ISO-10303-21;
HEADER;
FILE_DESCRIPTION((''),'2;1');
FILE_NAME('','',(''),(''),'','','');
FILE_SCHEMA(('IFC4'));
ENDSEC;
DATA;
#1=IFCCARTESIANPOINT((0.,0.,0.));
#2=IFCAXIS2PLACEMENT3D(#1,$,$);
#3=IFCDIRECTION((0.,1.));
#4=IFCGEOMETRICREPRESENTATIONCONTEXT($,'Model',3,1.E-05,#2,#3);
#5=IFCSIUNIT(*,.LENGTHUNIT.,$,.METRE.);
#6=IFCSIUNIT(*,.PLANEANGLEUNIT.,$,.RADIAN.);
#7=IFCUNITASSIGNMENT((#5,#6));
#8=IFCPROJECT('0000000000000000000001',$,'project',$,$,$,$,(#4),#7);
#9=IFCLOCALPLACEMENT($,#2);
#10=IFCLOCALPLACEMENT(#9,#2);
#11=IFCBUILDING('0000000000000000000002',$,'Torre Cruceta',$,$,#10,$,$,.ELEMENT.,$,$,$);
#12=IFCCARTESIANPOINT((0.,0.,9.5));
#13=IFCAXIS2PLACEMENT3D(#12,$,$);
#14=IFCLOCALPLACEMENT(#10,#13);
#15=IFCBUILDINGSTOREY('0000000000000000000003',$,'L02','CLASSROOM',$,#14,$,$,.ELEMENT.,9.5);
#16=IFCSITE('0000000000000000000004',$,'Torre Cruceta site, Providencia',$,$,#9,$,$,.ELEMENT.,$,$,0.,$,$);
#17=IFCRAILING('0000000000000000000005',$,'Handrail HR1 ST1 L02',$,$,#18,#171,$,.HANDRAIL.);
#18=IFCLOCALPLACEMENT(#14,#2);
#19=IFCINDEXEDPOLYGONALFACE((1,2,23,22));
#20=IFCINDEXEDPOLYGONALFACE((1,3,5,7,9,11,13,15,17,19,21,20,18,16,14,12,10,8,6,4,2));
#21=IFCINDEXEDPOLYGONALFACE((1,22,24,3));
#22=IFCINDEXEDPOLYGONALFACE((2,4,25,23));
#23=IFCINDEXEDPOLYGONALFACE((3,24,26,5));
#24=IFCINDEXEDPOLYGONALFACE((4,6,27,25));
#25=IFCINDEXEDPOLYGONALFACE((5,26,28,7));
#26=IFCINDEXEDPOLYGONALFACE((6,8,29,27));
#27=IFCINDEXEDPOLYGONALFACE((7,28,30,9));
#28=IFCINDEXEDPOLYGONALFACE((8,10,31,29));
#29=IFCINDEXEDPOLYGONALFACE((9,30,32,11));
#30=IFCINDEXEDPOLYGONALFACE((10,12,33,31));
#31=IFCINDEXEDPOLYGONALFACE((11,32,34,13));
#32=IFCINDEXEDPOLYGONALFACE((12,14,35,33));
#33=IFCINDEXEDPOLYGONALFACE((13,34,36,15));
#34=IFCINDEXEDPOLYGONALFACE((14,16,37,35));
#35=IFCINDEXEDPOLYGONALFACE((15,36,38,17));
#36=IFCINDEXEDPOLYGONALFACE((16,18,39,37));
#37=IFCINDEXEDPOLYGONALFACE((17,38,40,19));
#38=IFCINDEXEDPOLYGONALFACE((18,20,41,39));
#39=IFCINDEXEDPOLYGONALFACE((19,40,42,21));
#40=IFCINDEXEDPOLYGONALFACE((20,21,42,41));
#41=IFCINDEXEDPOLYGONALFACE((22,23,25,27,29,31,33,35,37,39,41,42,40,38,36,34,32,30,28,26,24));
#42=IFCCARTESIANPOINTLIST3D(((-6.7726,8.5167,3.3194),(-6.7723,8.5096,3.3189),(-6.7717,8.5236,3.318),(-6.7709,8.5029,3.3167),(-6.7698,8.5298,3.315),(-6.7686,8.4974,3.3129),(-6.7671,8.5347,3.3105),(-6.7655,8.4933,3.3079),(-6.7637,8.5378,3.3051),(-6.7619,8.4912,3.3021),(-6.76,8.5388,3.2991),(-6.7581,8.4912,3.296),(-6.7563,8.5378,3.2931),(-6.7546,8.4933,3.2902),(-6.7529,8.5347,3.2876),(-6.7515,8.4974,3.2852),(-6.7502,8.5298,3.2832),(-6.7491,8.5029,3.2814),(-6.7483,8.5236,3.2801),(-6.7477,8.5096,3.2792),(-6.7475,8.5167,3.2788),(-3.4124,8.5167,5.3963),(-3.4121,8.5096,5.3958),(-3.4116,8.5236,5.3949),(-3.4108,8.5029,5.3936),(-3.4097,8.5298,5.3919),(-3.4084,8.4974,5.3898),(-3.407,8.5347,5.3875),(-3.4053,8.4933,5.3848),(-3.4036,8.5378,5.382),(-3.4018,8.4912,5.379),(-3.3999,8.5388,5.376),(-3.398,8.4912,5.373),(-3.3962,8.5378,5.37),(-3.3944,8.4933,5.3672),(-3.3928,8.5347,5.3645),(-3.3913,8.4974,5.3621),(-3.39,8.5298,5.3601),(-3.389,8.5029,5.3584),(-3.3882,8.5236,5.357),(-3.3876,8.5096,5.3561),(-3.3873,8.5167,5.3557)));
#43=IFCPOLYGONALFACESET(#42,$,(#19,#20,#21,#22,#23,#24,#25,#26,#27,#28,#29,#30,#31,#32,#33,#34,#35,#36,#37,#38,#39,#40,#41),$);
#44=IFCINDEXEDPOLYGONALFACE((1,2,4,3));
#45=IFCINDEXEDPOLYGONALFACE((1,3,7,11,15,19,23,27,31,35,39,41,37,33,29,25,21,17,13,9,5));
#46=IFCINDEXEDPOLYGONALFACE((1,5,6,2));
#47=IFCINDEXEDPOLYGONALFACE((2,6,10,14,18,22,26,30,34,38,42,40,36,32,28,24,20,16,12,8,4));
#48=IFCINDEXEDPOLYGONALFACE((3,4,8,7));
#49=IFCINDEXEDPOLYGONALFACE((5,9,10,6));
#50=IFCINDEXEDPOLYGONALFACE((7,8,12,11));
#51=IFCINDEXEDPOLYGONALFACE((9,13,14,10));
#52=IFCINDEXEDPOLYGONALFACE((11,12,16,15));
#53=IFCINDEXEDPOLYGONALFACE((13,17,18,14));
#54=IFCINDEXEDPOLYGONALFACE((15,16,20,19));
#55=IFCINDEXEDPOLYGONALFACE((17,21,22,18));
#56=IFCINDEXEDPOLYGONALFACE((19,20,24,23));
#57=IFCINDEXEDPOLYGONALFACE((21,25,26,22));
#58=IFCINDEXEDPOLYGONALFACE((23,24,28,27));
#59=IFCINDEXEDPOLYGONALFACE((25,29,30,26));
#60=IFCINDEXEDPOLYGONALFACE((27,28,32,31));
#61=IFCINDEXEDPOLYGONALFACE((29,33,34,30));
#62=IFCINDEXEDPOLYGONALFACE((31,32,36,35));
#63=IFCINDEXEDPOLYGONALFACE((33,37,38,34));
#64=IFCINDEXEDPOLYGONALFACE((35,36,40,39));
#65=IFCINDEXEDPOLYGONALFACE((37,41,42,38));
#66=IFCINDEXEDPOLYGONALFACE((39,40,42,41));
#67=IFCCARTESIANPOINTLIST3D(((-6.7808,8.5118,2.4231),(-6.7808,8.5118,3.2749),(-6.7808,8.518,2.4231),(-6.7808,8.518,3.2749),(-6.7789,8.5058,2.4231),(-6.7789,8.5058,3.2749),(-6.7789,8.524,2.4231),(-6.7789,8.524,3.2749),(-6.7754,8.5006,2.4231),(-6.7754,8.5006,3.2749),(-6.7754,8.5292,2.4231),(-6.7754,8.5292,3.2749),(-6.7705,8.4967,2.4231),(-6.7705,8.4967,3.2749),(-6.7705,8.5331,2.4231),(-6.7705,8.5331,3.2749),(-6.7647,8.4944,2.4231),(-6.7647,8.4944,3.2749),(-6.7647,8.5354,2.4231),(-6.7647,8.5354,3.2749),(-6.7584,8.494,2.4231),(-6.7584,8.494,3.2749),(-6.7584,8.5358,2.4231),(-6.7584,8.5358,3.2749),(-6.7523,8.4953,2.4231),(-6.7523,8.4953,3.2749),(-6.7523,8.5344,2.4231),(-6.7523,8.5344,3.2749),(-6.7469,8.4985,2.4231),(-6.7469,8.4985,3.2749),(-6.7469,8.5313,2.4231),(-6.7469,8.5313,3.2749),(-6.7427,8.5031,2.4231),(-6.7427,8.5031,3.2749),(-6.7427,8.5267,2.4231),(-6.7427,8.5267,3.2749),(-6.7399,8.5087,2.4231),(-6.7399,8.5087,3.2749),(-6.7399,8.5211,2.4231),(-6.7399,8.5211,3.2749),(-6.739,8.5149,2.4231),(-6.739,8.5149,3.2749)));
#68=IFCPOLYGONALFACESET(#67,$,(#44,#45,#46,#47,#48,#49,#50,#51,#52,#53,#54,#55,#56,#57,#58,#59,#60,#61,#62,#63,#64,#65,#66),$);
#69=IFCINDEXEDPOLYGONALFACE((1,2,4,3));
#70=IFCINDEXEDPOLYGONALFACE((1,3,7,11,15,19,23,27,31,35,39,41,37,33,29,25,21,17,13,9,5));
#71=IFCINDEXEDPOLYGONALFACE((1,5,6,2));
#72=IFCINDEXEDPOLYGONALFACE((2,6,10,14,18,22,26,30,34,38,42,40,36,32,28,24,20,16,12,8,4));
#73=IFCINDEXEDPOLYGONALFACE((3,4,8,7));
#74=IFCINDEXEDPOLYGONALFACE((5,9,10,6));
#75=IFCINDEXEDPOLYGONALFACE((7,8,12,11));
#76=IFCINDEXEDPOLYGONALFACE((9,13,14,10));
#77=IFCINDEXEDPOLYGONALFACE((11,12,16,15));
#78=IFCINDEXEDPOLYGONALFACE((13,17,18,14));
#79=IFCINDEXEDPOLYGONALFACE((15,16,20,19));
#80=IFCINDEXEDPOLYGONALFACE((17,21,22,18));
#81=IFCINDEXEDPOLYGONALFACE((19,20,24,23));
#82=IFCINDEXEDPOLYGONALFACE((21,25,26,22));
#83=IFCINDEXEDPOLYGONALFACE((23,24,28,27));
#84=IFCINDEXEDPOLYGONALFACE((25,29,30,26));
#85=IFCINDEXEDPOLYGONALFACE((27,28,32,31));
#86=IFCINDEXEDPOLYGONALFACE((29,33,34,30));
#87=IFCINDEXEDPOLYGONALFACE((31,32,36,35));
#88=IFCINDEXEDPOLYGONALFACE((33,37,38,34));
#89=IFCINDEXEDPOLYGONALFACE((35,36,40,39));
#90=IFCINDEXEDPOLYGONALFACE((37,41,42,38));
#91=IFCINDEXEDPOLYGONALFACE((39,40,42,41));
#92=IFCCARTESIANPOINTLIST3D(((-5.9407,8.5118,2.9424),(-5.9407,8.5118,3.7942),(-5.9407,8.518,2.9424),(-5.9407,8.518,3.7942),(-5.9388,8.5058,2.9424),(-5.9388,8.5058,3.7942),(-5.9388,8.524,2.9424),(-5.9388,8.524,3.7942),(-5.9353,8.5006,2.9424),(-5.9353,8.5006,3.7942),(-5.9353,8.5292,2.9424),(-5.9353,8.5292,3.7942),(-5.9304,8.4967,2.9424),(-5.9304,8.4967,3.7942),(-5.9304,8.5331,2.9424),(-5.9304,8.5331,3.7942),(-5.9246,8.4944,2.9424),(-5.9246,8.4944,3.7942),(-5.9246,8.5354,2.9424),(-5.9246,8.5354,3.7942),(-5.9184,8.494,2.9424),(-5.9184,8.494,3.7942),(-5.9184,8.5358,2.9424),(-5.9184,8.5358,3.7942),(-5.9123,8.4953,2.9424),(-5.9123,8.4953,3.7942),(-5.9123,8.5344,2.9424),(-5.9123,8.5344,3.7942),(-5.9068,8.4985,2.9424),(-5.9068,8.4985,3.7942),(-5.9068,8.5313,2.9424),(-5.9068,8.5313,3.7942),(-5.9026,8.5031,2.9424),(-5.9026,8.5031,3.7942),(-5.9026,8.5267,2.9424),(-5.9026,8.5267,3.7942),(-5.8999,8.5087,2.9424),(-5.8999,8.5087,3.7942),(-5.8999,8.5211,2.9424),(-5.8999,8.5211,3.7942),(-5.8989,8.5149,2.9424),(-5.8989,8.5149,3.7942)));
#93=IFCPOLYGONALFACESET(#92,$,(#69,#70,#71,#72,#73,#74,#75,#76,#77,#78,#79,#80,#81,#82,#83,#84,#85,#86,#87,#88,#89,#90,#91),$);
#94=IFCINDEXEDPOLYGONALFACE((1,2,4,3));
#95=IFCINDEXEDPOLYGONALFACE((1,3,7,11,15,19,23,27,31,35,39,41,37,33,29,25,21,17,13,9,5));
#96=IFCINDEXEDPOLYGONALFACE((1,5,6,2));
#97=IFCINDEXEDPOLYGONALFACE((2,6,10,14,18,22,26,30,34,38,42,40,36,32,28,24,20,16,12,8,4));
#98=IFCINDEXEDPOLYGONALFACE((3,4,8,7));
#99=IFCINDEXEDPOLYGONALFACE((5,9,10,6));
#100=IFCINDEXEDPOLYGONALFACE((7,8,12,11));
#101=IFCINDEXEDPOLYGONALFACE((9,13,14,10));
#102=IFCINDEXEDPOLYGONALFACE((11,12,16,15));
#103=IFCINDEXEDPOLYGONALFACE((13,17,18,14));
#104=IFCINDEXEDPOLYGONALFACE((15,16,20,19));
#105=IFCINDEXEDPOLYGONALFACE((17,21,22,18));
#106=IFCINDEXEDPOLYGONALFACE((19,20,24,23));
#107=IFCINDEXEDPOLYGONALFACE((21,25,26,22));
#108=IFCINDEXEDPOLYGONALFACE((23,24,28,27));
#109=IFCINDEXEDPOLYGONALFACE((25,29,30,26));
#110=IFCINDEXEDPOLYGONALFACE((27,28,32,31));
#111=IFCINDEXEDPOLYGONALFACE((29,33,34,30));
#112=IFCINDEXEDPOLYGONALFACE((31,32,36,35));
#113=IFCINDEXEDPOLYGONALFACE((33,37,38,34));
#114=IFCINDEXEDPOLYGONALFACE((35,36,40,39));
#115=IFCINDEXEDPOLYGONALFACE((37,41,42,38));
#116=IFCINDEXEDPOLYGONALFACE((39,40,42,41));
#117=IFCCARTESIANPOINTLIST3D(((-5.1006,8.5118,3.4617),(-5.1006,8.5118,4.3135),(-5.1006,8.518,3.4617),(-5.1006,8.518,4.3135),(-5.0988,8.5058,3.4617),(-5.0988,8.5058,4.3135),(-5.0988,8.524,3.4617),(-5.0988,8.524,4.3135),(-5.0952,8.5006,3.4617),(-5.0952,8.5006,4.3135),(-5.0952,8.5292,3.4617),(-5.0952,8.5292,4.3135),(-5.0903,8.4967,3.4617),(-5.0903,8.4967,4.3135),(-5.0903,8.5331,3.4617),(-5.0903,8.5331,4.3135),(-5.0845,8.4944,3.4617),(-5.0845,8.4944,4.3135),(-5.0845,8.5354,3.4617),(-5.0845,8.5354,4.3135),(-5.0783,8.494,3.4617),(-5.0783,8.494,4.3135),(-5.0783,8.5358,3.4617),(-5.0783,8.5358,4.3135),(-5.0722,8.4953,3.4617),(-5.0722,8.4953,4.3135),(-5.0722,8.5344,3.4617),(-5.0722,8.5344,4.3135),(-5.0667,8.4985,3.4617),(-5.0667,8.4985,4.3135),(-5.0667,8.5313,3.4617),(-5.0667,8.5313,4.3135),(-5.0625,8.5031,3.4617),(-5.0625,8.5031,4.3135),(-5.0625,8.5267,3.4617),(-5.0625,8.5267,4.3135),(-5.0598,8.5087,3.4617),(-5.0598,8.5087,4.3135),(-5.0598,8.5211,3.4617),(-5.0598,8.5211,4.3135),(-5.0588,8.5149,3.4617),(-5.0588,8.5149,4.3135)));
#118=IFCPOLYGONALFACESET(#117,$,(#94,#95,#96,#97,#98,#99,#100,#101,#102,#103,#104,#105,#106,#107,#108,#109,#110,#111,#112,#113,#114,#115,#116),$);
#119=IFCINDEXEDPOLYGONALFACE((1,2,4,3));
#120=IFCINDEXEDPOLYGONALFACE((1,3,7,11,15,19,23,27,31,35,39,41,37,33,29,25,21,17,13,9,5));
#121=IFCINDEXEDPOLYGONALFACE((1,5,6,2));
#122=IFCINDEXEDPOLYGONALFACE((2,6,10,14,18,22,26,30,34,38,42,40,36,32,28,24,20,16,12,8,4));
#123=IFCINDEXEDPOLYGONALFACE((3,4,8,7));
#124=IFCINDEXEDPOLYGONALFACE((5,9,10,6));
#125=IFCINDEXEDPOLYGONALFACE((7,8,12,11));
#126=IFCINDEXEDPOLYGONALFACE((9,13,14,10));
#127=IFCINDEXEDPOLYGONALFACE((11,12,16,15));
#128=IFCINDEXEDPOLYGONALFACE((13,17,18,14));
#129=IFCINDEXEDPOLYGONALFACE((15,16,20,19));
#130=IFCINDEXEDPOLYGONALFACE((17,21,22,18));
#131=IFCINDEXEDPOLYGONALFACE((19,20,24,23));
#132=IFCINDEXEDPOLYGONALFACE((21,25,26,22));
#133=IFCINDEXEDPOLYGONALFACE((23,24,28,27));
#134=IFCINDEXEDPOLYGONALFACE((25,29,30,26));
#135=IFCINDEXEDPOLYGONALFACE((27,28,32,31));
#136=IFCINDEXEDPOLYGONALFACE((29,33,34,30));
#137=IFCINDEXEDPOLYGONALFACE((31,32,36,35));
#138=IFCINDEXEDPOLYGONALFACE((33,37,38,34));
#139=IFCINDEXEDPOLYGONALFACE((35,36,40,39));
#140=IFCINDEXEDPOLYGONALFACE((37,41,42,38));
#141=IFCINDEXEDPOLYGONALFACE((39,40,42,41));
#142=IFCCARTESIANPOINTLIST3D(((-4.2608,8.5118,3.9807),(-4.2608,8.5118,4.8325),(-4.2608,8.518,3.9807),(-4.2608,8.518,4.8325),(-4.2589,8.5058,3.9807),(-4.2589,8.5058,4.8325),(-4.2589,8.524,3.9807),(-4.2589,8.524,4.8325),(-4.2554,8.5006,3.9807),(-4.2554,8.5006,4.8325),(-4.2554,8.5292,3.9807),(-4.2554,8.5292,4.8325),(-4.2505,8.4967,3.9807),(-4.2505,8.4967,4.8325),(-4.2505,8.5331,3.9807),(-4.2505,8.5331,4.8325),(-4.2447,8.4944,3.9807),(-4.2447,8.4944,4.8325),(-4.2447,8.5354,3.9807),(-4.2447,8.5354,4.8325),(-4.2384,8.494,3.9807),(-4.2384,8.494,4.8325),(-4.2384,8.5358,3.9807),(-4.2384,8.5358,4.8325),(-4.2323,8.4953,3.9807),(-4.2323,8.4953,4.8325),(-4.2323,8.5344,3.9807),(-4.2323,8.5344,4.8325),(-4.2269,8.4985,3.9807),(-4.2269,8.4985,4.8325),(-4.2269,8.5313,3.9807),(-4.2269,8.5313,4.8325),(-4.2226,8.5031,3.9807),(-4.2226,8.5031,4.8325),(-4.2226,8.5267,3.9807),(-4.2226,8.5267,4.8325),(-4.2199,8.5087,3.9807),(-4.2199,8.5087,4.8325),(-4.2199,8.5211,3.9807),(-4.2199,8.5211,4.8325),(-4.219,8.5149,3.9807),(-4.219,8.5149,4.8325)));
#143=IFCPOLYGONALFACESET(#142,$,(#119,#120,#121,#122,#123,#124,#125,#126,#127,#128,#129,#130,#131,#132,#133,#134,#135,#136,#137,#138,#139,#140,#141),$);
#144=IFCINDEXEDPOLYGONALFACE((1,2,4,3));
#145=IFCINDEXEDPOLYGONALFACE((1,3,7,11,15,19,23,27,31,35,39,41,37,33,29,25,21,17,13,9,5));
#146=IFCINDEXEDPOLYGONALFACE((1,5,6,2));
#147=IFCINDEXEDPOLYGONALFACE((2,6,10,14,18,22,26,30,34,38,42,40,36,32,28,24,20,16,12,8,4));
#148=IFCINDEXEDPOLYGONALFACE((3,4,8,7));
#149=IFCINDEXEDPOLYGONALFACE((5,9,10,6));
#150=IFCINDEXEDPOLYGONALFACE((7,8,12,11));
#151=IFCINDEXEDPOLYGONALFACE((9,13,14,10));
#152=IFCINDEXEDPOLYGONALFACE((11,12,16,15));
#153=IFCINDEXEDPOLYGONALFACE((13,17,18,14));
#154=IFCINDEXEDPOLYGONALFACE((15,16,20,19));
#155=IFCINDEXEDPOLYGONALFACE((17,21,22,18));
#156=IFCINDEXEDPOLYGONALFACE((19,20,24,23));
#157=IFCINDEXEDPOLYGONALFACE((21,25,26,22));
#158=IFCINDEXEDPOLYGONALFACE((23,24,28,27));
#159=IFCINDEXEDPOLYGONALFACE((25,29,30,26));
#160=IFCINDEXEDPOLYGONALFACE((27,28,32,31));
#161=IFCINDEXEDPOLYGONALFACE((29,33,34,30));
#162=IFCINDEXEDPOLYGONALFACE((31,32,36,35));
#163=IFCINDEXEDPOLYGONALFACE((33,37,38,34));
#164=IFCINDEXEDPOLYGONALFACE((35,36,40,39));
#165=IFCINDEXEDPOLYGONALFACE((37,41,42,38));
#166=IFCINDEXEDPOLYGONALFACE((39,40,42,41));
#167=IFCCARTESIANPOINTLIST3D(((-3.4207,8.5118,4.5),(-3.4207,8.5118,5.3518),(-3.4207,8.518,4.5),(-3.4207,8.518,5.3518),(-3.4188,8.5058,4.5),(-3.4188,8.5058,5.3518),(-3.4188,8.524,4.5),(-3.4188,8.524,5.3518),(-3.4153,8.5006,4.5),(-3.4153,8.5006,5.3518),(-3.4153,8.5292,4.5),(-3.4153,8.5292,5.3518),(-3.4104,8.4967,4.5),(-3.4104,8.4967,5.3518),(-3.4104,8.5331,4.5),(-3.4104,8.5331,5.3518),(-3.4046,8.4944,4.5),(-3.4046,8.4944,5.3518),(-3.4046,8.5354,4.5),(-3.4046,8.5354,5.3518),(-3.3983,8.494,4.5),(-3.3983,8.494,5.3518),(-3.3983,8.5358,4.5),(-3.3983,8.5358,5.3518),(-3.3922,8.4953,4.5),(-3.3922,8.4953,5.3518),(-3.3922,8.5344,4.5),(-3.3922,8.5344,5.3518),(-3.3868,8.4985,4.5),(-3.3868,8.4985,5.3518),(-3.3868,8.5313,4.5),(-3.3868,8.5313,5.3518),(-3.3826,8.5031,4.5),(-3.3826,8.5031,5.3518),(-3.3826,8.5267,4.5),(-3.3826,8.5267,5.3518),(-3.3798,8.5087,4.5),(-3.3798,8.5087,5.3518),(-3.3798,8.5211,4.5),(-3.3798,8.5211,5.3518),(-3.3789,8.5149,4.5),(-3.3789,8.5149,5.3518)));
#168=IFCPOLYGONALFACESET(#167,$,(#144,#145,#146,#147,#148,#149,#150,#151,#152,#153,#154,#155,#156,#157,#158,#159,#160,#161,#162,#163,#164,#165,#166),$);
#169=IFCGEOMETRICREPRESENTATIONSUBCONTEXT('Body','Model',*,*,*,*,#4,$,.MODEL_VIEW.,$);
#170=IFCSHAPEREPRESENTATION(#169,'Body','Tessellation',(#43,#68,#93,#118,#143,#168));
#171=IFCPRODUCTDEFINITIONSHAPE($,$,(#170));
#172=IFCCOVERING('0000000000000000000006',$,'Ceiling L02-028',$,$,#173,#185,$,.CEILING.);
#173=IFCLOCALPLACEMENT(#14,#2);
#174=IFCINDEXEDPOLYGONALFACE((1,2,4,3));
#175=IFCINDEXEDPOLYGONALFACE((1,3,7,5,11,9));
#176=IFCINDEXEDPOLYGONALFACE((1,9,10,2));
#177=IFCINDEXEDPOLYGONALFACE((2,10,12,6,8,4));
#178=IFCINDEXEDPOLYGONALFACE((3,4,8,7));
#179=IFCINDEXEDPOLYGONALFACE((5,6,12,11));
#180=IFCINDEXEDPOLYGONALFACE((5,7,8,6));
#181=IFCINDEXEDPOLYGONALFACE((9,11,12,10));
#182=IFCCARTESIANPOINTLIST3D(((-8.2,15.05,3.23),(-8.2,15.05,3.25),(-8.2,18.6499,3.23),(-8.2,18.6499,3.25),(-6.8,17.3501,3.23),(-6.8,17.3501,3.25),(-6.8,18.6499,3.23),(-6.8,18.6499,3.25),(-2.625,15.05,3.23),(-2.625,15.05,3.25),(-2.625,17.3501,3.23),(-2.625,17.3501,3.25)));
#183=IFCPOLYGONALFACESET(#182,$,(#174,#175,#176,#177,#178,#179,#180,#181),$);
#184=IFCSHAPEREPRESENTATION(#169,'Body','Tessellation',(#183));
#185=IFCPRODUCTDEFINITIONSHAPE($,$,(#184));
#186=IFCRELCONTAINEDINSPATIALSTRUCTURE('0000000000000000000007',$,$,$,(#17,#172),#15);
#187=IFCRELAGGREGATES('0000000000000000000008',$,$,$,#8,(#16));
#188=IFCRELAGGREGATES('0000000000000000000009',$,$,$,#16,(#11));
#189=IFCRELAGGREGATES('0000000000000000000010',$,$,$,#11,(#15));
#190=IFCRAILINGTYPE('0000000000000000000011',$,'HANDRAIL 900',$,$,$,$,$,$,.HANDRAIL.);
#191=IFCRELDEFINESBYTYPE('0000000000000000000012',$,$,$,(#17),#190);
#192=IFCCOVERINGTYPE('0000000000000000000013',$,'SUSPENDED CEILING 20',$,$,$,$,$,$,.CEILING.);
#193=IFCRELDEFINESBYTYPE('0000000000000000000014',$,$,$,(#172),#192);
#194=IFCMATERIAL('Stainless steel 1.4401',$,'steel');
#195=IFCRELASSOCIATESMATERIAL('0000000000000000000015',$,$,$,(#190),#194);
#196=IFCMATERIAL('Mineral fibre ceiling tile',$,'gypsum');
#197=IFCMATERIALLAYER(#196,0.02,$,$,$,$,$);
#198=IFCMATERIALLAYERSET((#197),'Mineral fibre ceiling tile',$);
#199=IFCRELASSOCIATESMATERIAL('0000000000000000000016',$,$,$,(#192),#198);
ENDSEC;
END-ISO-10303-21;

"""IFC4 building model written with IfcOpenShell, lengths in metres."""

from ifc_helpers import new_model, si_unit, direction, frame, origin, origin_2d, place, context, subcontext, project, spatial, polyline, circle, outline, extrude, material, layer, layer_set, type_object, element, save


model = new_model("IFC4")

# Units and contexts
model_context = context("Model", 3, precision=1e-05, world=origin(), true_north=direction((0.0, 1.0)))
body_context = subcontext(model_context, "Body", "Model", "MODEL_VIEW")
ifc_project = project(units=[si_unit("LENGTHUNIT", "METRE"), si_unit("PLANEANGLEUNIT", "RADIAN")], contexts=[model_context])

# Site, building, storey
site_placement = place(None, origin())
site = spatial("IfcSite", under=ifc_project, at=site_placement, Name="Torre Cruceta site, Providencia", CompositionType="ELEMENT", RefElevation=0.0)
building_placement = place(site_placement, origin())
building = spatial("IfcBuilding", under=site, at=building_placement, Name="Torre Cruceta", CompositionType="ELEMENT")
storey_placement = place(building_placement, frame((0.0, 0.0, 9.5)))
storey = spatial("IfcBuildingStorey", under=building, at=storey_placement, Name="L02", Description="CLASSROOM", CompositionType="ELEMENT", Elevation=9.5)

# Railing
ifc_material_1 = material(Name="Stainless steel 1.4401", Category="steel")
railing_type = type_object("IfcRailingType", Name="HANDRAIL 900", PredefinedType="HANDRAIL", material=ifc_material_1)
railing_1_placement = place(storey_placement, frame((-6.76, 8.5149, 2.4231)))
element("IfcRailing", 1, at=railing_1_placement, inside=storey, type_object=railing_type, Name="Handrail HR1 ST1 L02", PredefinedType="HANDRAIL", context=body_context, shape_type="SweptSolid", body=[
    extrude(circle(Radius=0.0239, at=origin_2d()), frame((0.0, 0.0, 0.876), z_axis=(0.850623, 0.0, 0.525776), x_axis=(0.0, 1.0, 0.0)), (0.0, 0.0, 1.0), 3.9502),
    extrude(circle(Radius=0.021, at=origin_2d()), origin(), (0.0, 0.0, 1.0), 0.8518),
    extrude(circle(Radius=0.021, at=origin_2d()), frame((0.8401, 0.0, 0.5193)), (0.0, 0.0, 1.0), 0.8518),
    extrude(circle(Radius=0.021, at=origin_2d()), frame((1.6802, 0.0, 1.0386)), (0.0, 0.0, 1.0), 0.8518),
    extrude(circle(Radius=0.021, at=origin_2d()), frame((2.52, 0.0, 1.5576)), (0.0, 0.0, 1.0), 0.8518),
    extrude(circle(Radius=0.021, at=origin_2d()), frame((3.3601, 0.0, 2.0769)), (0.0, 0.0, 1.0), 0.8518),
])

# Covering
ifc_material_2 = material(Name="Mineral fibre ceiling tile", Category="gypsum")
ifc_layer_1 = layer(ifc_material_2, 0.02)
ifc_layer_set_1 = layer_set([ifc_layer_1], Name="Mineral fibre ceiling tile")
covering_type = type_object("IfcCoveringType", Name="SUSPENDED CEILING 20", PredefinedType="CEILING", material=ifc_layer_set_1)
covering_1_placement = place(storey_placement, frame((0.0, 0.0, 3.23)))
element("IfcCovering", 2, at=covering_1_placement, inside=storey, type_object=covering_type, Name="Ceiling L02-028", PredefinedType="CEILING", context=body_context, shape_type="SweptSolid", body=[
    extrude(outline(polyline([(-2.625, 15.05), (-8.2, 15.05), (-8.2, 18.6499), (-6.8, 18.6499), (-6.8, 17.3501), (-2.625, 17.3501), (-2.625, 15.05)])), origin(), (0.0, 0.0, 1.0), 0.02),
])

save(model, "model.ifc")
